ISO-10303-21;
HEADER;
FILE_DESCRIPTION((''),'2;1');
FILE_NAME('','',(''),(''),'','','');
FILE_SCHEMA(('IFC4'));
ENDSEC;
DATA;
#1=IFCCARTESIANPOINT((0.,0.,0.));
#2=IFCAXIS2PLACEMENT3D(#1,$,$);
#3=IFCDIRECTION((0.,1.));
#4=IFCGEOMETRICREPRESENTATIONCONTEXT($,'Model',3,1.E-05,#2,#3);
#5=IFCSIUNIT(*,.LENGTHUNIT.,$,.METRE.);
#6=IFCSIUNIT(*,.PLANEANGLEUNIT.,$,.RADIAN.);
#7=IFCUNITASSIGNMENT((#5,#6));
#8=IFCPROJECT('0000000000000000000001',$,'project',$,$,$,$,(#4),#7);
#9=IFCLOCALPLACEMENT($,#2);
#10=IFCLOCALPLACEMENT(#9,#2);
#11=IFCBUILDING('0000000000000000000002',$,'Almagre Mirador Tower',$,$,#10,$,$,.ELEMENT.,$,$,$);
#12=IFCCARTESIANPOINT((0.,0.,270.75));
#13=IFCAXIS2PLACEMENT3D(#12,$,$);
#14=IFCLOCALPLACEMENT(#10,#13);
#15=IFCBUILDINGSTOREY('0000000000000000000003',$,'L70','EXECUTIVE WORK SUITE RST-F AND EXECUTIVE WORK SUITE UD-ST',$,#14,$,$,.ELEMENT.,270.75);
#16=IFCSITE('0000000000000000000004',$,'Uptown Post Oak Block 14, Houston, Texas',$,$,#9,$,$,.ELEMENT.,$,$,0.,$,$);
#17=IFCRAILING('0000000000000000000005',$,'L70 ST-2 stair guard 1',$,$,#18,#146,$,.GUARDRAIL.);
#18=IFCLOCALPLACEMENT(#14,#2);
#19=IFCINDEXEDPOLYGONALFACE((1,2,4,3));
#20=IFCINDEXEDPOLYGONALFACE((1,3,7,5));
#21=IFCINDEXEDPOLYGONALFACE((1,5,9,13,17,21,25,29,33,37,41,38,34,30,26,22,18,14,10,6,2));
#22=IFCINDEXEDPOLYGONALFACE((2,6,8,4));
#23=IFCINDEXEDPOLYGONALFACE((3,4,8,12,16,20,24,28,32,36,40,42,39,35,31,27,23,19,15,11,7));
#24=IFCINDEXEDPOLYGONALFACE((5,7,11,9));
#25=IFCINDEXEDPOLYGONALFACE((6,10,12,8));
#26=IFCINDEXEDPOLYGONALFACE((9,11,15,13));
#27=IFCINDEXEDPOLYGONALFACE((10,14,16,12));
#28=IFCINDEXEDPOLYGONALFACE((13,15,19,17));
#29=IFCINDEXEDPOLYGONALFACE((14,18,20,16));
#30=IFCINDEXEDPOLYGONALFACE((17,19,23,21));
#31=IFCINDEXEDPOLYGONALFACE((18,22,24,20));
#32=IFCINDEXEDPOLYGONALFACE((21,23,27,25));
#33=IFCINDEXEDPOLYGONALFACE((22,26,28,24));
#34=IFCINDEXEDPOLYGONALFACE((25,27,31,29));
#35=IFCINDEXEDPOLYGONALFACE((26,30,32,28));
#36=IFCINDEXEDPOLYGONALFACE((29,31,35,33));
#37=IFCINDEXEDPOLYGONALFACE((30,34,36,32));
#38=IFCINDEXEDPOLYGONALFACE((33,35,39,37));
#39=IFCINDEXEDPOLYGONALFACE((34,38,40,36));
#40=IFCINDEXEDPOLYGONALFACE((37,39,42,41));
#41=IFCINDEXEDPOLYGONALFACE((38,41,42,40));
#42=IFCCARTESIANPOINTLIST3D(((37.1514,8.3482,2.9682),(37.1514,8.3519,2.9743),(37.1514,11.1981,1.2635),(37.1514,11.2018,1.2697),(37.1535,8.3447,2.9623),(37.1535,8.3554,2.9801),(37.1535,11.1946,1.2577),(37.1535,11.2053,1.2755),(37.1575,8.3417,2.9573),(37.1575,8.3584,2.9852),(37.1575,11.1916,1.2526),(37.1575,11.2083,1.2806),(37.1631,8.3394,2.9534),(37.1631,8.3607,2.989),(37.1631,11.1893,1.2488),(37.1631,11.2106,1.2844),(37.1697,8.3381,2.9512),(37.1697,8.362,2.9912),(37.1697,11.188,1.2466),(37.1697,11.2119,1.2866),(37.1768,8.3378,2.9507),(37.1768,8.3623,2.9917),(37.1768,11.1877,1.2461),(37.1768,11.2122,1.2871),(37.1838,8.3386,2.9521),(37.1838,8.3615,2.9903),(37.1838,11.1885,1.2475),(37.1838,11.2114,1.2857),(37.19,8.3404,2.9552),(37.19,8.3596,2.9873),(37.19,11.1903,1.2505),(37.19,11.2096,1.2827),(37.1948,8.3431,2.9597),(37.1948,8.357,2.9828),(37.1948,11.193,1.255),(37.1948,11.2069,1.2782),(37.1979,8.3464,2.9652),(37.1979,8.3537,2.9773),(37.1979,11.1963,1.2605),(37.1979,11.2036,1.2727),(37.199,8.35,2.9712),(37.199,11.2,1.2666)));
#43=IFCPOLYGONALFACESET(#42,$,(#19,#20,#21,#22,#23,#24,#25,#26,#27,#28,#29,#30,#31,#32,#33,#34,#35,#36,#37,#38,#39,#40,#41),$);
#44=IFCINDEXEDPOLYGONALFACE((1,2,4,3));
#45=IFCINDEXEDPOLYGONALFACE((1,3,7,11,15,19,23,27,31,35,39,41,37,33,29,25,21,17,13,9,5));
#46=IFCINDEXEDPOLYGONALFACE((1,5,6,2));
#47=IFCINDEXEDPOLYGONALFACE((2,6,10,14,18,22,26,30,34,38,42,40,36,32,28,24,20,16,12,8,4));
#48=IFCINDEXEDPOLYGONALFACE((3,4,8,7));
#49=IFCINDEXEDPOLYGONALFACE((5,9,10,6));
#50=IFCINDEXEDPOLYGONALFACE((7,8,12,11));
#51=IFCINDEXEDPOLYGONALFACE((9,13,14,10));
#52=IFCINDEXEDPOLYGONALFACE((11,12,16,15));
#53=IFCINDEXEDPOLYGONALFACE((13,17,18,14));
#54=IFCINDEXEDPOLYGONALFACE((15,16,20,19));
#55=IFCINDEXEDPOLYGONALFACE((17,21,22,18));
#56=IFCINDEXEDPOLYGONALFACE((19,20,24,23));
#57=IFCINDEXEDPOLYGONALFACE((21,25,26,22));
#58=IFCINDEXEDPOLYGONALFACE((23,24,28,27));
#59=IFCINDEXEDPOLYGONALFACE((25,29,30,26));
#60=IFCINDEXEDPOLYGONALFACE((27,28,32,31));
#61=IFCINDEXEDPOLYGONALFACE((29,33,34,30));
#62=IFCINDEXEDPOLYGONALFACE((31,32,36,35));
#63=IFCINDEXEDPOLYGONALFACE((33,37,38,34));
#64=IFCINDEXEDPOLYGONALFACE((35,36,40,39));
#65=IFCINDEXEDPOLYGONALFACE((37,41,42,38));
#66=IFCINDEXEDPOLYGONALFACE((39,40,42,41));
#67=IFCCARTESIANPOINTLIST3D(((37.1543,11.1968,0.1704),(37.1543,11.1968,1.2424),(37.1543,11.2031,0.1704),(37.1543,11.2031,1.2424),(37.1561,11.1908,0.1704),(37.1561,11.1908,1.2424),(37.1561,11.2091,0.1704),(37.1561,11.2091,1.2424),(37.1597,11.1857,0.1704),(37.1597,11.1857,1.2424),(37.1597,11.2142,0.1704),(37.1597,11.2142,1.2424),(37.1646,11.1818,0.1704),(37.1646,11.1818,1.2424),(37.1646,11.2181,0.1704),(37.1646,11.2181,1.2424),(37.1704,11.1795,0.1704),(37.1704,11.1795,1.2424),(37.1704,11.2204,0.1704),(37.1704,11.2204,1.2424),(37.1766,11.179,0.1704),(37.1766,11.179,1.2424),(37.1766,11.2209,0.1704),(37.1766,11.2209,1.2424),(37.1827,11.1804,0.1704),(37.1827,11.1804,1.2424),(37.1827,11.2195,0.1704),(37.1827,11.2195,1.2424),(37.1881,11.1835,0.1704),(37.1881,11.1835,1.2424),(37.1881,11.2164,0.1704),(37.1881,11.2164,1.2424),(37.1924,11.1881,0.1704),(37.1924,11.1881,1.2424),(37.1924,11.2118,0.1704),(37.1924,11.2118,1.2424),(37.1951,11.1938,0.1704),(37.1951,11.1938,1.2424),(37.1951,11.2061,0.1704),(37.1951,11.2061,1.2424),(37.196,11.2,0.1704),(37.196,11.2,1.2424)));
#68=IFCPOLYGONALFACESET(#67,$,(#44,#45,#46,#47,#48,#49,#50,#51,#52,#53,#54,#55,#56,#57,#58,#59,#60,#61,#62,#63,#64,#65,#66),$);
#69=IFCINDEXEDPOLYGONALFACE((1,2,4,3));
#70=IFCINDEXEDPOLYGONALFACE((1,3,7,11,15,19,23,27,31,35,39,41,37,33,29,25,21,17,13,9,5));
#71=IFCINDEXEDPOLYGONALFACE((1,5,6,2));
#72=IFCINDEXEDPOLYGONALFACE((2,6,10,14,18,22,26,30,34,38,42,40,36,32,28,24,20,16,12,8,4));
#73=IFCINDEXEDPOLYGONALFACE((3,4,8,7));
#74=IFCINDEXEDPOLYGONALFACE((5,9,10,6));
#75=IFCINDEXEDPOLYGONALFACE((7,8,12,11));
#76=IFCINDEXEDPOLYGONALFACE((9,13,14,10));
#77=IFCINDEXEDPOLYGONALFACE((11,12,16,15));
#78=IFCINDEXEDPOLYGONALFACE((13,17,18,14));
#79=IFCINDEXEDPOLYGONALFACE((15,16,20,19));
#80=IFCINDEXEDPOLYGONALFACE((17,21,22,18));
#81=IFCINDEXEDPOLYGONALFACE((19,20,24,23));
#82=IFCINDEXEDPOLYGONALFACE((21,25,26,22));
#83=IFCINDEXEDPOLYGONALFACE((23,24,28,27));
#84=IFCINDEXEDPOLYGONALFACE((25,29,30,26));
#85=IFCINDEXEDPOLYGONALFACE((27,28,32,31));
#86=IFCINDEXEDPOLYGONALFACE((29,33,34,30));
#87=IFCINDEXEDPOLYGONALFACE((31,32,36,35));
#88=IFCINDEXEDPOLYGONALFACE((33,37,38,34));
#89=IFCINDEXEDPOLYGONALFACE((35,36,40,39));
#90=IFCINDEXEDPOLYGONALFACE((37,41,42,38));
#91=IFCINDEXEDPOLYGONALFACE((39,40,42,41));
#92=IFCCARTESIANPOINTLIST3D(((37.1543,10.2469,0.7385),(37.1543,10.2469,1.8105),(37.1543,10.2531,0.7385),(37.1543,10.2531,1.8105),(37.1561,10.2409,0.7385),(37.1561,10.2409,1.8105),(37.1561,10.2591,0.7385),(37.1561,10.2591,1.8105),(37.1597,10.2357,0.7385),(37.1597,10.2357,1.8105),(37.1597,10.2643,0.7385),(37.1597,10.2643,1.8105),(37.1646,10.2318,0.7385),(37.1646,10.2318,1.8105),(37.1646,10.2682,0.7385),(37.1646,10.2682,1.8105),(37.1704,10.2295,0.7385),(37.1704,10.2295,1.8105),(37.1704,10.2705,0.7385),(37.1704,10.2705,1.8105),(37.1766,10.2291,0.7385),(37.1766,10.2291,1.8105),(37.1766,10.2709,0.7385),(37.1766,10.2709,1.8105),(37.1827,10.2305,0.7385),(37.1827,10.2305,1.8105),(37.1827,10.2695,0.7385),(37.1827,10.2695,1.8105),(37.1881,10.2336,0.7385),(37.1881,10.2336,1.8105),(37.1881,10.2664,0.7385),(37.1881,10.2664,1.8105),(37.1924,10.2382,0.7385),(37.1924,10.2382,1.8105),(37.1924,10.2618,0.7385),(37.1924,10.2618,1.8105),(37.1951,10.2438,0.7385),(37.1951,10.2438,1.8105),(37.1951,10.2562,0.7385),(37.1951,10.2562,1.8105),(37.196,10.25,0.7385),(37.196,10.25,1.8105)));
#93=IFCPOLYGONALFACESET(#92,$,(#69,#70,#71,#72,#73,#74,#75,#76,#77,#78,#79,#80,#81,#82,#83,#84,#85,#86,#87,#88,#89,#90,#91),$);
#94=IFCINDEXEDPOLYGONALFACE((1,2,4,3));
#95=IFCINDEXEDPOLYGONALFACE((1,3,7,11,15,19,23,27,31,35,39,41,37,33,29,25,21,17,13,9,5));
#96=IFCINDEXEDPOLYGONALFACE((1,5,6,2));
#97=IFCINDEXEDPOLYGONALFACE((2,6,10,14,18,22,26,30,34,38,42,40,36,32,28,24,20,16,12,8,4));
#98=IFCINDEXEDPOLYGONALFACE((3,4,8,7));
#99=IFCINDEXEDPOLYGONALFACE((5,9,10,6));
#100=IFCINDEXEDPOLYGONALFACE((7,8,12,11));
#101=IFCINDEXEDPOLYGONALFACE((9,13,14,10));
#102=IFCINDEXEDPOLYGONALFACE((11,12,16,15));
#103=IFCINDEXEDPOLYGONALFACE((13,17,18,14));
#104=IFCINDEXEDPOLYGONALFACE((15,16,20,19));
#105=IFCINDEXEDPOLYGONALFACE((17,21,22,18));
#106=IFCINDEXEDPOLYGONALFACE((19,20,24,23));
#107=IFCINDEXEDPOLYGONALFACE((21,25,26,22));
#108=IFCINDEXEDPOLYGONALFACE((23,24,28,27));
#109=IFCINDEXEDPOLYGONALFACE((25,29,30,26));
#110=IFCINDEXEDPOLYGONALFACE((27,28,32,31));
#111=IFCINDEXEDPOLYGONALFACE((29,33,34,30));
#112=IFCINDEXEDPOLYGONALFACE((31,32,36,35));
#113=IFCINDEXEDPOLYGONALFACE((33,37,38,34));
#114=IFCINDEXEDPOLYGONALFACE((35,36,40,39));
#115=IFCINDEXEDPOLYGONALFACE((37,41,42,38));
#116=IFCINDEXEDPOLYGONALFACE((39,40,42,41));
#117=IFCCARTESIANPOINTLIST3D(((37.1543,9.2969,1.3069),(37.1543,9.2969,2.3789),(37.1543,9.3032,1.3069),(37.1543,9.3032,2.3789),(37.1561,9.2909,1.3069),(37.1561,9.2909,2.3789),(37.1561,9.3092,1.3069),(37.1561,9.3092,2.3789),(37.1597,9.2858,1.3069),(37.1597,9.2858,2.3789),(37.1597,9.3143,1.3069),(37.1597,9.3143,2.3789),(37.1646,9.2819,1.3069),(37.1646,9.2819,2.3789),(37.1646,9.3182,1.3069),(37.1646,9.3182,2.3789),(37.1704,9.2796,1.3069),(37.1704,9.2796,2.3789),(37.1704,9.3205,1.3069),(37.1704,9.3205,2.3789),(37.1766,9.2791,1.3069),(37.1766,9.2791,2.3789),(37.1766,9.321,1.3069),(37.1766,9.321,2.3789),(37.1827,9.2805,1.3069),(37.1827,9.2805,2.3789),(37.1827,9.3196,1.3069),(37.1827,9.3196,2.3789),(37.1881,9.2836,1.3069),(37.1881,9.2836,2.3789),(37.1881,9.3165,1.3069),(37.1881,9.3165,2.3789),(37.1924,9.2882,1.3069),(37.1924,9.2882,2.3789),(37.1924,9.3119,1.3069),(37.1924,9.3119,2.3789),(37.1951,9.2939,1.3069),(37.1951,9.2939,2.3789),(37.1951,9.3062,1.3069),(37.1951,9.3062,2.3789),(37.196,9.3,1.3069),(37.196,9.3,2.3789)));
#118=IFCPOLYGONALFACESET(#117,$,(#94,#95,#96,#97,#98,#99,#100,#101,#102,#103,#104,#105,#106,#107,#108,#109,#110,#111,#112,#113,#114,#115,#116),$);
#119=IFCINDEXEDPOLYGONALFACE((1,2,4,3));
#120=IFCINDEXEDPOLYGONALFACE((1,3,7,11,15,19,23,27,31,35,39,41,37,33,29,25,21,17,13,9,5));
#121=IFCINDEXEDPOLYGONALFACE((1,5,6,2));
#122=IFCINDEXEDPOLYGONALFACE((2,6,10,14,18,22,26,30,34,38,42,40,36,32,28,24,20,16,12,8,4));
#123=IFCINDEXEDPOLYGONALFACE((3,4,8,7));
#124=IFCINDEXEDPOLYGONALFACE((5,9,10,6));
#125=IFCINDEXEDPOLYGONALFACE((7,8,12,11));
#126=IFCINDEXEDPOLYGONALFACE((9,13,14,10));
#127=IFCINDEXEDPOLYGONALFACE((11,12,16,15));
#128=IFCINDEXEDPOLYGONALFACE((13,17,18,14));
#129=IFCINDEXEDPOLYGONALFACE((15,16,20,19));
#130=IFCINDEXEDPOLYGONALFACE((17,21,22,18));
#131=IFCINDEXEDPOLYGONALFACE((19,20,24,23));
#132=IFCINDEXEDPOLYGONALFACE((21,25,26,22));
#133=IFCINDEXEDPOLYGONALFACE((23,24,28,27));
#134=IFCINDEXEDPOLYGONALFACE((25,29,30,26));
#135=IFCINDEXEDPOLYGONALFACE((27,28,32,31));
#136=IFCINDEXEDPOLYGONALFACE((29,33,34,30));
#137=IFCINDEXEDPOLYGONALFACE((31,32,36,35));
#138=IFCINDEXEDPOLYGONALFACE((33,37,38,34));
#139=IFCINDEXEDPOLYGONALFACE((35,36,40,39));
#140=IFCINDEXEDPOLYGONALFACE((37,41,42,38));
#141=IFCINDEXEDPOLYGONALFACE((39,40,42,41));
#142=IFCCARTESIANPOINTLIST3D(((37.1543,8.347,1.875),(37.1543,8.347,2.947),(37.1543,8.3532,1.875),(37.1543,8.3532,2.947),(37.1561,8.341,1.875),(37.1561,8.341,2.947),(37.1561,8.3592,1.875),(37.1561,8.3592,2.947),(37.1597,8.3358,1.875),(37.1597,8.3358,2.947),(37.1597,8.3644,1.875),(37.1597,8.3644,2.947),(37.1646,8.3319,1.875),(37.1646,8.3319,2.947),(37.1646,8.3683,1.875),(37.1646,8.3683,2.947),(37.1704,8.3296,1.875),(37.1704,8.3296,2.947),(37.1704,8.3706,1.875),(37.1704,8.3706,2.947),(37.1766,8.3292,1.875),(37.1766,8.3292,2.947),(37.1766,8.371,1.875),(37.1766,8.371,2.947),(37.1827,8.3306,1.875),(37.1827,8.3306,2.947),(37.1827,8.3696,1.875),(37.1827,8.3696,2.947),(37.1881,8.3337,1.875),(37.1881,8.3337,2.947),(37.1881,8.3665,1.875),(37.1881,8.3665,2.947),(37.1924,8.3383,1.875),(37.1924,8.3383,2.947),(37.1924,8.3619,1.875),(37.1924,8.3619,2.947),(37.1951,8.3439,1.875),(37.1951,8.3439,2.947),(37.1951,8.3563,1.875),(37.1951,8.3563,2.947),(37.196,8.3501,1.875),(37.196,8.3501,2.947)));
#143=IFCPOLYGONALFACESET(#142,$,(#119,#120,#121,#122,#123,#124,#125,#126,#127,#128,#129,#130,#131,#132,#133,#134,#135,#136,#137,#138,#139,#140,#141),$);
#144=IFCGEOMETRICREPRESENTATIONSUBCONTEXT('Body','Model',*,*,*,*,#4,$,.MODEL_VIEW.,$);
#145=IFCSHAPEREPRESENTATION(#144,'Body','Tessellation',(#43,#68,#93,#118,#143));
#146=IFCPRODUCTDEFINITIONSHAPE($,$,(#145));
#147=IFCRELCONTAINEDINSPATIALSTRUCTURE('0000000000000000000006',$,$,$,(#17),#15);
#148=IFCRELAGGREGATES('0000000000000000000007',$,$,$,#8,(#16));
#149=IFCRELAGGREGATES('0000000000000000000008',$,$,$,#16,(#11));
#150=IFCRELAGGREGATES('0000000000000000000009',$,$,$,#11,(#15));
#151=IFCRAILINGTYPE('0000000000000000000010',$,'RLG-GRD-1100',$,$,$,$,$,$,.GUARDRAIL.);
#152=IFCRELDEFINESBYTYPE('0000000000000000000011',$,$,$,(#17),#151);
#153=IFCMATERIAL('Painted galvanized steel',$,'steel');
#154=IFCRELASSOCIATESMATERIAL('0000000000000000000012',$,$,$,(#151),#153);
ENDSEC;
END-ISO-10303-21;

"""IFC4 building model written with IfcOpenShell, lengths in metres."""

from ifc_helpers import new_model, si_unit, direction, frame, origin, origin_2d, place, context, subcontext, project, spatial, circle, extrude, material, type_object, element, save


model = new_model("IFC4")

# Units and contexts
model_context = context("Model", 3, precision=1e-05, world=origin(), true_north=direction((0.0, 1.0)))
body_context = subcontext(model_context, "Body", "Model", "MODEL_VIEW")
ifc_project = project(units=[si_unit("LENGTHUNIT", "METRE"), si_unit("PLANEANGLEUNIT", "RADIAN")], contexts=[model_context])

# Site, building, storey
site_placement = place(None, origin())
site = spatial("IfcSite", under=ifc_project, at=site_placement, Name="Uptown Post Oak Block 14, Houston, Texas", CompositionType="ELEMENT", RefElevation=0.0)
building_placement = place(site_placement, origin())
building = spatial("IfcBuilding", under=site, at=building_placement, Name="Almagre Mirador Tower", CompositionType="ELEMENT")
storey_placement = place(building_placement, frame((0.0, 0.0, 270.75)))
storey = spatial("IfcBuildingStorey", under=building, at=storey_placement, Name="L70", Description="EXECUTIVE WORK SUITE RST-F AND EXECUTIVE WORK SUITE UD-ST", CompositionType="ELEMENT", Elevation=270.75)

# Railing
ifc_material_1 = material(Name="Painted galvanized steel", Category="steel")
railing_type_1 = type_object("IfcRailingType", Name="RLG-GRD-1100", PredefinedType="GUARDRAIL", material=ifc_material_1)
railing_1_placement = place(storey_placement, frame((37.175, 11.2, 0.1704)))
element("IfcRailing", 1, at=railing_1_placement, inside=storey, type_object=railing_type_1, Name="L70 ST-2 stair guard 1", PredefinedType="GUARDRAIL", context=body_context, shape_type="SweptSolid", body=[
    extrude(circle(Radius=0.0239, at=origin_2d()), frame((0.0, 0.0, 1.0962), z_axis=(0.0, -0.858199, 0.513317), x_axis=(1.0, 0.0, 0.0)), (0.0, 0.0, 1.0), 3.3208),
    extrude(circle(Radius=0.021, at=origin_2d()), origin(), (0.0, 0.0, 1.0), 1.072),
    extrude(circle(Radius=0.021, at=origin_2d()), frame((0.0, -0.95, 0.5681)), (0.0, 0.0, 1.0), 1.072),
    extrude(circle(Radius=0.021, at=origin_2d()), frame((0.0, -1.8999, 1.1365)), (0.0, 0.0, 1.0), 1.072),
    extrude(circle(Radius=0.021, at=origin_2d()), frame((0.0, -2.8499, 1.7046)), (0.0, 0.0, 1.0), 1.072),
])

save(model, "model.ifc")
